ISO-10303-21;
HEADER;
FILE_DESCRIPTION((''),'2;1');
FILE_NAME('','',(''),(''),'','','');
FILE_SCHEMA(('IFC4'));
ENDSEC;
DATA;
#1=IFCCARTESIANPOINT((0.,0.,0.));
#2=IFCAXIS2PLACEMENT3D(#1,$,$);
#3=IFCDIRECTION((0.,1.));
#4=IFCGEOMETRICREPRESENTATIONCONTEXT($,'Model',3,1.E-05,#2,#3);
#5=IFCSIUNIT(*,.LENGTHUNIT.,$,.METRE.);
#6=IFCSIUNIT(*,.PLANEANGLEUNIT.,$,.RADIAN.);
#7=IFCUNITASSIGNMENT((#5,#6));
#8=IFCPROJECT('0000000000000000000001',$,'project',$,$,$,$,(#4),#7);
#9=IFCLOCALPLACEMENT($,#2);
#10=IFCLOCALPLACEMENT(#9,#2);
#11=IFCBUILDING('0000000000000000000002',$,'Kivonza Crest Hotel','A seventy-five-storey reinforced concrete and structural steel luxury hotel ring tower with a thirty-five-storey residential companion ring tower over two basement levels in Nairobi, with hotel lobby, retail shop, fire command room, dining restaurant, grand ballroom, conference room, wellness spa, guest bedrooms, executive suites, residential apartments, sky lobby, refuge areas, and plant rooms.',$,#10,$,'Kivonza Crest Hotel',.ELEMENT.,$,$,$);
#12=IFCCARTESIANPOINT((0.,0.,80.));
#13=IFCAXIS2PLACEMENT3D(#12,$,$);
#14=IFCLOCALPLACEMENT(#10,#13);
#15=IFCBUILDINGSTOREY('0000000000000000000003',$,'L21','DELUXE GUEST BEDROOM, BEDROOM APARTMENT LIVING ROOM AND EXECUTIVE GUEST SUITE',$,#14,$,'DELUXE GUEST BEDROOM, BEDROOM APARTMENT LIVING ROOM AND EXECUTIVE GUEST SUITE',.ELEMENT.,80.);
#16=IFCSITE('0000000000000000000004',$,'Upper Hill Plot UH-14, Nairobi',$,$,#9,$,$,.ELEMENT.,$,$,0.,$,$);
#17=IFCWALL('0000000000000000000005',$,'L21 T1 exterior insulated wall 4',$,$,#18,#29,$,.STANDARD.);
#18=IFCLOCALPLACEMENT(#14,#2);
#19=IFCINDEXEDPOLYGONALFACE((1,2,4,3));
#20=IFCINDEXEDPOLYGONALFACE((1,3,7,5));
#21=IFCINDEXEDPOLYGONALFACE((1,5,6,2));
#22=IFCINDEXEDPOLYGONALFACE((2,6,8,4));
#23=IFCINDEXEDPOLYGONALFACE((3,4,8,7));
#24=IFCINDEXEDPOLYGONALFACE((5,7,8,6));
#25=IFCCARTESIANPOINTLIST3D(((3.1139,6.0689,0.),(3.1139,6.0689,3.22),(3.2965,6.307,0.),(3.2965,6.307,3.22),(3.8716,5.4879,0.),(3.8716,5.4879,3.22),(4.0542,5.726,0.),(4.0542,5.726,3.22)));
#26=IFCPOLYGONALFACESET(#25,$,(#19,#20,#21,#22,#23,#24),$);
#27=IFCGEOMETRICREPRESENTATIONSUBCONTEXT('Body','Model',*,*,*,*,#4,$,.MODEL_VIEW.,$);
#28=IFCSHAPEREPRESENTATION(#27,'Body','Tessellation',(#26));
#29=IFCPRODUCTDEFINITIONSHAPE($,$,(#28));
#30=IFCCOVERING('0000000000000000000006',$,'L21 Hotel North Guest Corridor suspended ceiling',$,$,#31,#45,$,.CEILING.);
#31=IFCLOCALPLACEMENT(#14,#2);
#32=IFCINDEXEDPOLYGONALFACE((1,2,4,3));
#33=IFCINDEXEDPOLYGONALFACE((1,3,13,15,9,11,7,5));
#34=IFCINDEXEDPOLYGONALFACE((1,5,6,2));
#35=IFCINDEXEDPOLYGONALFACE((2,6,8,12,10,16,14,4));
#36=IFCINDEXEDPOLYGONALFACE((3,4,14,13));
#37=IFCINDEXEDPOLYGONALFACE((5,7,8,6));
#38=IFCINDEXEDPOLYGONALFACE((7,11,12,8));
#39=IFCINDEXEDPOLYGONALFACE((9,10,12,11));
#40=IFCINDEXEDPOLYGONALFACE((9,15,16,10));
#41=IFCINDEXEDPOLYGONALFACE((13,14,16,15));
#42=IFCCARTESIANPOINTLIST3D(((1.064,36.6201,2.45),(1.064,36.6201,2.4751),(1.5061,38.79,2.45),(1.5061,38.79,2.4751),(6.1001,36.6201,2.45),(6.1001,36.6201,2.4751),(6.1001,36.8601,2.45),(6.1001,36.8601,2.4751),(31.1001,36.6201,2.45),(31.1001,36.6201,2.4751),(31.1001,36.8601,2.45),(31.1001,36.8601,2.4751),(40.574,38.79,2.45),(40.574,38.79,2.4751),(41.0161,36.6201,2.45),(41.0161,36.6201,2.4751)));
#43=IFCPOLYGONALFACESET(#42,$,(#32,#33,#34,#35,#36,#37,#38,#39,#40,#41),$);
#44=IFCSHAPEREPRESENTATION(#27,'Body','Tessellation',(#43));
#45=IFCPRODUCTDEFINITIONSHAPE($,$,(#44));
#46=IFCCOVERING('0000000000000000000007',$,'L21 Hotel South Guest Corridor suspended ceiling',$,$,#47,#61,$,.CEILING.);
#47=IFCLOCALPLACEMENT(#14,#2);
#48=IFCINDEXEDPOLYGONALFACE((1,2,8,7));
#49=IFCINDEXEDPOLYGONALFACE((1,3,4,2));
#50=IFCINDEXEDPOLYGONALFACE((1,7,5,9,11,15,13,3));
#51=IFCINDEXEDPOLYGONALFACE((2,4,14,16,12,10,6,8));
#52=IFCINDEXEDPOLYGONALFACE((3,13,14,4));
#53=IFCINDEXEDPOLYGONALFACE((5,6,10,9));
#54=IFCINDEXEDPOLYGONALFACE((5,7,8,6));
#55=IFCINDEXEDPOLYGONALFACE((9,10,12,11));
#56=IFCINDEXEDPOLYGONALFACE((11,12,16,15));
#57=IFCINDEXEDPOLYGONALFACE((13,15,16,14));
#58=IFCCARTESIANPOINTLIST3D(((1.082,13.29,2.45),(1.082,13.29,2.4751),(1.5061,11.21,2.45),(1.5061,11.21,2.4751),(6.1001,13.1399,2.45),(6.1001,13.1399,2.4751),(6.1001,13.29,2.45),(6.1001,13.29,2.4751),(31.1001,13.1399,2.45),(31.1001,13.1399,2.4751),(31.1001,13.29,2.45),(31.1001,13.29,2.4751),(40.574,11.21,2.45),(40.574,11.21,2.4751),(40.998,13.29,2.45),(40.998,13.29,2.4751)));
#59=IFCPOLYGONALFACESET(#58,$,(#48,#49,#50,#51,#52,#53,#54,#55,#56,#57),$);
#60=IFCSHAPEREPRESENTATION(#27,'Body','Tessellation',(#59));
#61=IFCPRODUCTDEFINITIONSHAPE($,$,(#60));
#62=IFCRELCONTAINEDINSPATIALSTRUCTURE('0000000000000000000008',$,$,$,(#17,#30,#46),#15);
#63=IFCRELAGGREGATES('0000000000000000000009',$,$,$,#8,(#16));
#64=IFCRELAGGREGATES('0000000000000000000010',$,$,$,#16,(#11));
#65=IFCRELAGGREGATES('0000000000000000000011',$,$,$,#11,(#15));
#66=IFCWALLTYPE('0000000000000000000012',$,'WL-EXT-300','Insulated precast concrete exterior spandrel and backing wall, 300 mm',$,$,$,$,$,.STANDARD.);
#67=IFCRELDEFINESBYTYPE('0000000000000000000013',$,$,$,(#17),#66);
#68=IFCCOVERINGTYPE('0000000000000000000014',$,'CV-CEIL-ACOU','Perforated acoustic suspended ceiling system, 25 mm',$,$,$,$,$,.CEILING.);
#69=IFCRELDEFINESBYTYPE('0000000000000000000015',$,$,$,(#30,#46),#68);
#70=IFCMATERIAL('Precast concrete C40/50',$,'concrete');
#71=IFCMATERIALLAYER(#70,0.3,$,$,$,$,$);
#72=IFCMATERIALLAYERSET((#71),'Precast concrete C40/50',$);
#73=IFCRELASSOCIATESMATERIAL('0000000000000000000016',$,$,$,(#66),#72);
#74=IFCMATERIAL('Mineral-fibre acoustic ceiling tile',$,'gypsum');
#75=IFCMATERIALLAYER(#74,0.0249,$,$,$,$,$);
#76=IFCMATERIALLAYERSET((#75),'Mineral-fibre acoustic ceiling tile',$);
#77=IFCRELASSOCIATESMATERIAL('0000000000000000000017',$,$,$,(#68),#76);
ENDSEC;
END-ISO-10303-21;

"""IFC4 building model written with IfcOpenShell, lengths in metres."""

from ifc_helpers import new_model, si_unit, direction, frame, frame_2d, origin, place, context, subcontext, project, spatial, polyline, rectangle, outline, extrude, material, layer, layer_set, type_object, element, save


model = new_model("IFC4")

# Units and contexts
model_context = context("Model", 3, precision=1e-05, world=origin(), true_north=direction((0.0, 1.0)))
body_context = subcontext(model_context, "Body", "Model", "MODEL_VIEW")
ifc_project = project(units=[si_unit("LENGTHUNIT", "METRE"), si_unit("PLANEANGLEUNIT", "RADIAN")], contexts=[model_context])

# Site, building, storey
site_placement = place(None, origin())
site = spatial("IfcSite", under=ifc_project, at=site_placement, Name="Upper Hill Plot UH-14, Nairobi", CompositionType="ELEMENT", RefElevation=0.0)
building_placement = place(site_placement, origin())
building = spatial("IfcBuilding", under=site, at=building_placement, Name="Kivonza Crest Hotel", Description="A seventy-five-storey reinforced concrete and structural steel luxury hotel ring tower with a thirty-five-storey residential companion ring tower over two basement levels in Nairobi, with hotel lobby, retail shop, fire command room, dining restaurant, grand ballroom, conference room, wellness spa, guest bedrooms, executive suites, residential apartments, sky lobby, refuge areas, and plant rooms.", LongName="Kivonza Crest Hotel", CompositionType="ELEMENT")
storey_placement = place(building_placement, frame((0.0, 0.0, 80.0)))
storey = spatial("IfcBuildingStorey", under=building, at=storey_placement, Name="L21", Description="DELUXE GUEST BEDROOM, BEDROOM APARTMENT LIVING ROOM AND EXECUTIVE GUEST SUITE", LongName="DELUXE GUEST BEDROOM, BEDROOM APARTMENT LIVING ROOM AND EXECUTIVE GUEST SUITE", CompositionType="ELEMENT", Elevation=80.0)

# Wall
ifc_material_1 = material(Name="Precast concrete C40/50", Category="concrete")
ifc_layer_1 = layer(ifc_material_1, 0.3)
ifc_layer_set_1 = layer_set([ifc_layer_1], Name="Precast concrete C40/50")
wall_type_1 = type_object("IfcWallType", Name="WL-EXT-300", Description="Insulated precast concrete exterior spandrel and backing wall, 300 mm", PredefinedType="STANDARD", material=ifc_layer_set_1)
for number, where, z_axis, x_axis, name in (
    (1, (3.2051, 6.188, 0.0), (0.0, 0.0, 1.0), (0.793573, -0.608474, 0.0), "L21 T1 exterior insulated wall 4"),
):
    element("IfcWall", number, at=place(storey_placement, frame(where, z_axis=z_axis, x_axis=x_axis)), inside=storey, type_object=wall_type_1, Name=name, PredefinedType="STANDARD", context=body_context, shape_type="SweptSolid", body=[
        extrude(rectangle(XDim=0.9548, YDim=0.3, at=frame_2d((0.4775, 0.0))), origin(), (0.0, 0.0, 1.0), 3.22),
    ])

# Coverings
ifc_material_2 = material(Name="Mineral-fibre acoustic ceiling tile", Category="gypsum")
ifc_layer_2 = layer(ifc_material_2, 0.0249)
ifc_layer_set_2 = layer_set([ifc_layer_2], Name="Mineral-fibre acoustic ceiling tile")
covering_type = type_object("IfcCoveringType", Name="CV-CEIL-ACOU", Description="Perforated acoustic suspended ceiling system, 25 mm", PredefinedType="CEILING", material=ifc_layer_set_2)
covering_1_placement = place(storey_placement, frame((0.0, 0.0, 2.45)))
element("IfcCovering", 2, at=covering_1_placement, inside=storey, type_object=covering_type, Name="L21 Hotel North Guest Corridor suspended ceiling", PredefinedType="CEILING", context=body_context, shape_type="SweptSolid", body=[
    extrude(outline(polyline([(1.5061, 38.79), (1.064, 36.6201), (6.1001, 36.6201), (6.1001, 36.8601), (31.1001, 36.8601), (31.1001, 36.6201), (41.0161, 36.6201), (40.574, 38.79), (1.5061, 38.79)])), origin(), (0.0, 0.0, 1.0), 0.0251),
])
covering_2_placement = place(storey_placement, frame((0.0, 0.0, 2.45)))
element("IfcCovering", 3, at=covering_2_placement, inside=storey, type_object=covering_type, Name="L21 Hotel South Guest Corridor suspended ceiling", PredefinedType="CEILING", context=body_context, shape_type="SweptSolid", body=[
    extrude(outline(polyline([(40.574, 11.21), (40.998, 13.29), (31.1001, 13.29), (31.1001, 13.1399), (6.1001, 13.1399), (6.1001, 13.29), (1.082, 13.29), (1.5061, 11.21), (40.574, 11.21)])), origin(), (0.0, 0.0, 1.0), 0.0251),
])

save(model, "model.ifc")
